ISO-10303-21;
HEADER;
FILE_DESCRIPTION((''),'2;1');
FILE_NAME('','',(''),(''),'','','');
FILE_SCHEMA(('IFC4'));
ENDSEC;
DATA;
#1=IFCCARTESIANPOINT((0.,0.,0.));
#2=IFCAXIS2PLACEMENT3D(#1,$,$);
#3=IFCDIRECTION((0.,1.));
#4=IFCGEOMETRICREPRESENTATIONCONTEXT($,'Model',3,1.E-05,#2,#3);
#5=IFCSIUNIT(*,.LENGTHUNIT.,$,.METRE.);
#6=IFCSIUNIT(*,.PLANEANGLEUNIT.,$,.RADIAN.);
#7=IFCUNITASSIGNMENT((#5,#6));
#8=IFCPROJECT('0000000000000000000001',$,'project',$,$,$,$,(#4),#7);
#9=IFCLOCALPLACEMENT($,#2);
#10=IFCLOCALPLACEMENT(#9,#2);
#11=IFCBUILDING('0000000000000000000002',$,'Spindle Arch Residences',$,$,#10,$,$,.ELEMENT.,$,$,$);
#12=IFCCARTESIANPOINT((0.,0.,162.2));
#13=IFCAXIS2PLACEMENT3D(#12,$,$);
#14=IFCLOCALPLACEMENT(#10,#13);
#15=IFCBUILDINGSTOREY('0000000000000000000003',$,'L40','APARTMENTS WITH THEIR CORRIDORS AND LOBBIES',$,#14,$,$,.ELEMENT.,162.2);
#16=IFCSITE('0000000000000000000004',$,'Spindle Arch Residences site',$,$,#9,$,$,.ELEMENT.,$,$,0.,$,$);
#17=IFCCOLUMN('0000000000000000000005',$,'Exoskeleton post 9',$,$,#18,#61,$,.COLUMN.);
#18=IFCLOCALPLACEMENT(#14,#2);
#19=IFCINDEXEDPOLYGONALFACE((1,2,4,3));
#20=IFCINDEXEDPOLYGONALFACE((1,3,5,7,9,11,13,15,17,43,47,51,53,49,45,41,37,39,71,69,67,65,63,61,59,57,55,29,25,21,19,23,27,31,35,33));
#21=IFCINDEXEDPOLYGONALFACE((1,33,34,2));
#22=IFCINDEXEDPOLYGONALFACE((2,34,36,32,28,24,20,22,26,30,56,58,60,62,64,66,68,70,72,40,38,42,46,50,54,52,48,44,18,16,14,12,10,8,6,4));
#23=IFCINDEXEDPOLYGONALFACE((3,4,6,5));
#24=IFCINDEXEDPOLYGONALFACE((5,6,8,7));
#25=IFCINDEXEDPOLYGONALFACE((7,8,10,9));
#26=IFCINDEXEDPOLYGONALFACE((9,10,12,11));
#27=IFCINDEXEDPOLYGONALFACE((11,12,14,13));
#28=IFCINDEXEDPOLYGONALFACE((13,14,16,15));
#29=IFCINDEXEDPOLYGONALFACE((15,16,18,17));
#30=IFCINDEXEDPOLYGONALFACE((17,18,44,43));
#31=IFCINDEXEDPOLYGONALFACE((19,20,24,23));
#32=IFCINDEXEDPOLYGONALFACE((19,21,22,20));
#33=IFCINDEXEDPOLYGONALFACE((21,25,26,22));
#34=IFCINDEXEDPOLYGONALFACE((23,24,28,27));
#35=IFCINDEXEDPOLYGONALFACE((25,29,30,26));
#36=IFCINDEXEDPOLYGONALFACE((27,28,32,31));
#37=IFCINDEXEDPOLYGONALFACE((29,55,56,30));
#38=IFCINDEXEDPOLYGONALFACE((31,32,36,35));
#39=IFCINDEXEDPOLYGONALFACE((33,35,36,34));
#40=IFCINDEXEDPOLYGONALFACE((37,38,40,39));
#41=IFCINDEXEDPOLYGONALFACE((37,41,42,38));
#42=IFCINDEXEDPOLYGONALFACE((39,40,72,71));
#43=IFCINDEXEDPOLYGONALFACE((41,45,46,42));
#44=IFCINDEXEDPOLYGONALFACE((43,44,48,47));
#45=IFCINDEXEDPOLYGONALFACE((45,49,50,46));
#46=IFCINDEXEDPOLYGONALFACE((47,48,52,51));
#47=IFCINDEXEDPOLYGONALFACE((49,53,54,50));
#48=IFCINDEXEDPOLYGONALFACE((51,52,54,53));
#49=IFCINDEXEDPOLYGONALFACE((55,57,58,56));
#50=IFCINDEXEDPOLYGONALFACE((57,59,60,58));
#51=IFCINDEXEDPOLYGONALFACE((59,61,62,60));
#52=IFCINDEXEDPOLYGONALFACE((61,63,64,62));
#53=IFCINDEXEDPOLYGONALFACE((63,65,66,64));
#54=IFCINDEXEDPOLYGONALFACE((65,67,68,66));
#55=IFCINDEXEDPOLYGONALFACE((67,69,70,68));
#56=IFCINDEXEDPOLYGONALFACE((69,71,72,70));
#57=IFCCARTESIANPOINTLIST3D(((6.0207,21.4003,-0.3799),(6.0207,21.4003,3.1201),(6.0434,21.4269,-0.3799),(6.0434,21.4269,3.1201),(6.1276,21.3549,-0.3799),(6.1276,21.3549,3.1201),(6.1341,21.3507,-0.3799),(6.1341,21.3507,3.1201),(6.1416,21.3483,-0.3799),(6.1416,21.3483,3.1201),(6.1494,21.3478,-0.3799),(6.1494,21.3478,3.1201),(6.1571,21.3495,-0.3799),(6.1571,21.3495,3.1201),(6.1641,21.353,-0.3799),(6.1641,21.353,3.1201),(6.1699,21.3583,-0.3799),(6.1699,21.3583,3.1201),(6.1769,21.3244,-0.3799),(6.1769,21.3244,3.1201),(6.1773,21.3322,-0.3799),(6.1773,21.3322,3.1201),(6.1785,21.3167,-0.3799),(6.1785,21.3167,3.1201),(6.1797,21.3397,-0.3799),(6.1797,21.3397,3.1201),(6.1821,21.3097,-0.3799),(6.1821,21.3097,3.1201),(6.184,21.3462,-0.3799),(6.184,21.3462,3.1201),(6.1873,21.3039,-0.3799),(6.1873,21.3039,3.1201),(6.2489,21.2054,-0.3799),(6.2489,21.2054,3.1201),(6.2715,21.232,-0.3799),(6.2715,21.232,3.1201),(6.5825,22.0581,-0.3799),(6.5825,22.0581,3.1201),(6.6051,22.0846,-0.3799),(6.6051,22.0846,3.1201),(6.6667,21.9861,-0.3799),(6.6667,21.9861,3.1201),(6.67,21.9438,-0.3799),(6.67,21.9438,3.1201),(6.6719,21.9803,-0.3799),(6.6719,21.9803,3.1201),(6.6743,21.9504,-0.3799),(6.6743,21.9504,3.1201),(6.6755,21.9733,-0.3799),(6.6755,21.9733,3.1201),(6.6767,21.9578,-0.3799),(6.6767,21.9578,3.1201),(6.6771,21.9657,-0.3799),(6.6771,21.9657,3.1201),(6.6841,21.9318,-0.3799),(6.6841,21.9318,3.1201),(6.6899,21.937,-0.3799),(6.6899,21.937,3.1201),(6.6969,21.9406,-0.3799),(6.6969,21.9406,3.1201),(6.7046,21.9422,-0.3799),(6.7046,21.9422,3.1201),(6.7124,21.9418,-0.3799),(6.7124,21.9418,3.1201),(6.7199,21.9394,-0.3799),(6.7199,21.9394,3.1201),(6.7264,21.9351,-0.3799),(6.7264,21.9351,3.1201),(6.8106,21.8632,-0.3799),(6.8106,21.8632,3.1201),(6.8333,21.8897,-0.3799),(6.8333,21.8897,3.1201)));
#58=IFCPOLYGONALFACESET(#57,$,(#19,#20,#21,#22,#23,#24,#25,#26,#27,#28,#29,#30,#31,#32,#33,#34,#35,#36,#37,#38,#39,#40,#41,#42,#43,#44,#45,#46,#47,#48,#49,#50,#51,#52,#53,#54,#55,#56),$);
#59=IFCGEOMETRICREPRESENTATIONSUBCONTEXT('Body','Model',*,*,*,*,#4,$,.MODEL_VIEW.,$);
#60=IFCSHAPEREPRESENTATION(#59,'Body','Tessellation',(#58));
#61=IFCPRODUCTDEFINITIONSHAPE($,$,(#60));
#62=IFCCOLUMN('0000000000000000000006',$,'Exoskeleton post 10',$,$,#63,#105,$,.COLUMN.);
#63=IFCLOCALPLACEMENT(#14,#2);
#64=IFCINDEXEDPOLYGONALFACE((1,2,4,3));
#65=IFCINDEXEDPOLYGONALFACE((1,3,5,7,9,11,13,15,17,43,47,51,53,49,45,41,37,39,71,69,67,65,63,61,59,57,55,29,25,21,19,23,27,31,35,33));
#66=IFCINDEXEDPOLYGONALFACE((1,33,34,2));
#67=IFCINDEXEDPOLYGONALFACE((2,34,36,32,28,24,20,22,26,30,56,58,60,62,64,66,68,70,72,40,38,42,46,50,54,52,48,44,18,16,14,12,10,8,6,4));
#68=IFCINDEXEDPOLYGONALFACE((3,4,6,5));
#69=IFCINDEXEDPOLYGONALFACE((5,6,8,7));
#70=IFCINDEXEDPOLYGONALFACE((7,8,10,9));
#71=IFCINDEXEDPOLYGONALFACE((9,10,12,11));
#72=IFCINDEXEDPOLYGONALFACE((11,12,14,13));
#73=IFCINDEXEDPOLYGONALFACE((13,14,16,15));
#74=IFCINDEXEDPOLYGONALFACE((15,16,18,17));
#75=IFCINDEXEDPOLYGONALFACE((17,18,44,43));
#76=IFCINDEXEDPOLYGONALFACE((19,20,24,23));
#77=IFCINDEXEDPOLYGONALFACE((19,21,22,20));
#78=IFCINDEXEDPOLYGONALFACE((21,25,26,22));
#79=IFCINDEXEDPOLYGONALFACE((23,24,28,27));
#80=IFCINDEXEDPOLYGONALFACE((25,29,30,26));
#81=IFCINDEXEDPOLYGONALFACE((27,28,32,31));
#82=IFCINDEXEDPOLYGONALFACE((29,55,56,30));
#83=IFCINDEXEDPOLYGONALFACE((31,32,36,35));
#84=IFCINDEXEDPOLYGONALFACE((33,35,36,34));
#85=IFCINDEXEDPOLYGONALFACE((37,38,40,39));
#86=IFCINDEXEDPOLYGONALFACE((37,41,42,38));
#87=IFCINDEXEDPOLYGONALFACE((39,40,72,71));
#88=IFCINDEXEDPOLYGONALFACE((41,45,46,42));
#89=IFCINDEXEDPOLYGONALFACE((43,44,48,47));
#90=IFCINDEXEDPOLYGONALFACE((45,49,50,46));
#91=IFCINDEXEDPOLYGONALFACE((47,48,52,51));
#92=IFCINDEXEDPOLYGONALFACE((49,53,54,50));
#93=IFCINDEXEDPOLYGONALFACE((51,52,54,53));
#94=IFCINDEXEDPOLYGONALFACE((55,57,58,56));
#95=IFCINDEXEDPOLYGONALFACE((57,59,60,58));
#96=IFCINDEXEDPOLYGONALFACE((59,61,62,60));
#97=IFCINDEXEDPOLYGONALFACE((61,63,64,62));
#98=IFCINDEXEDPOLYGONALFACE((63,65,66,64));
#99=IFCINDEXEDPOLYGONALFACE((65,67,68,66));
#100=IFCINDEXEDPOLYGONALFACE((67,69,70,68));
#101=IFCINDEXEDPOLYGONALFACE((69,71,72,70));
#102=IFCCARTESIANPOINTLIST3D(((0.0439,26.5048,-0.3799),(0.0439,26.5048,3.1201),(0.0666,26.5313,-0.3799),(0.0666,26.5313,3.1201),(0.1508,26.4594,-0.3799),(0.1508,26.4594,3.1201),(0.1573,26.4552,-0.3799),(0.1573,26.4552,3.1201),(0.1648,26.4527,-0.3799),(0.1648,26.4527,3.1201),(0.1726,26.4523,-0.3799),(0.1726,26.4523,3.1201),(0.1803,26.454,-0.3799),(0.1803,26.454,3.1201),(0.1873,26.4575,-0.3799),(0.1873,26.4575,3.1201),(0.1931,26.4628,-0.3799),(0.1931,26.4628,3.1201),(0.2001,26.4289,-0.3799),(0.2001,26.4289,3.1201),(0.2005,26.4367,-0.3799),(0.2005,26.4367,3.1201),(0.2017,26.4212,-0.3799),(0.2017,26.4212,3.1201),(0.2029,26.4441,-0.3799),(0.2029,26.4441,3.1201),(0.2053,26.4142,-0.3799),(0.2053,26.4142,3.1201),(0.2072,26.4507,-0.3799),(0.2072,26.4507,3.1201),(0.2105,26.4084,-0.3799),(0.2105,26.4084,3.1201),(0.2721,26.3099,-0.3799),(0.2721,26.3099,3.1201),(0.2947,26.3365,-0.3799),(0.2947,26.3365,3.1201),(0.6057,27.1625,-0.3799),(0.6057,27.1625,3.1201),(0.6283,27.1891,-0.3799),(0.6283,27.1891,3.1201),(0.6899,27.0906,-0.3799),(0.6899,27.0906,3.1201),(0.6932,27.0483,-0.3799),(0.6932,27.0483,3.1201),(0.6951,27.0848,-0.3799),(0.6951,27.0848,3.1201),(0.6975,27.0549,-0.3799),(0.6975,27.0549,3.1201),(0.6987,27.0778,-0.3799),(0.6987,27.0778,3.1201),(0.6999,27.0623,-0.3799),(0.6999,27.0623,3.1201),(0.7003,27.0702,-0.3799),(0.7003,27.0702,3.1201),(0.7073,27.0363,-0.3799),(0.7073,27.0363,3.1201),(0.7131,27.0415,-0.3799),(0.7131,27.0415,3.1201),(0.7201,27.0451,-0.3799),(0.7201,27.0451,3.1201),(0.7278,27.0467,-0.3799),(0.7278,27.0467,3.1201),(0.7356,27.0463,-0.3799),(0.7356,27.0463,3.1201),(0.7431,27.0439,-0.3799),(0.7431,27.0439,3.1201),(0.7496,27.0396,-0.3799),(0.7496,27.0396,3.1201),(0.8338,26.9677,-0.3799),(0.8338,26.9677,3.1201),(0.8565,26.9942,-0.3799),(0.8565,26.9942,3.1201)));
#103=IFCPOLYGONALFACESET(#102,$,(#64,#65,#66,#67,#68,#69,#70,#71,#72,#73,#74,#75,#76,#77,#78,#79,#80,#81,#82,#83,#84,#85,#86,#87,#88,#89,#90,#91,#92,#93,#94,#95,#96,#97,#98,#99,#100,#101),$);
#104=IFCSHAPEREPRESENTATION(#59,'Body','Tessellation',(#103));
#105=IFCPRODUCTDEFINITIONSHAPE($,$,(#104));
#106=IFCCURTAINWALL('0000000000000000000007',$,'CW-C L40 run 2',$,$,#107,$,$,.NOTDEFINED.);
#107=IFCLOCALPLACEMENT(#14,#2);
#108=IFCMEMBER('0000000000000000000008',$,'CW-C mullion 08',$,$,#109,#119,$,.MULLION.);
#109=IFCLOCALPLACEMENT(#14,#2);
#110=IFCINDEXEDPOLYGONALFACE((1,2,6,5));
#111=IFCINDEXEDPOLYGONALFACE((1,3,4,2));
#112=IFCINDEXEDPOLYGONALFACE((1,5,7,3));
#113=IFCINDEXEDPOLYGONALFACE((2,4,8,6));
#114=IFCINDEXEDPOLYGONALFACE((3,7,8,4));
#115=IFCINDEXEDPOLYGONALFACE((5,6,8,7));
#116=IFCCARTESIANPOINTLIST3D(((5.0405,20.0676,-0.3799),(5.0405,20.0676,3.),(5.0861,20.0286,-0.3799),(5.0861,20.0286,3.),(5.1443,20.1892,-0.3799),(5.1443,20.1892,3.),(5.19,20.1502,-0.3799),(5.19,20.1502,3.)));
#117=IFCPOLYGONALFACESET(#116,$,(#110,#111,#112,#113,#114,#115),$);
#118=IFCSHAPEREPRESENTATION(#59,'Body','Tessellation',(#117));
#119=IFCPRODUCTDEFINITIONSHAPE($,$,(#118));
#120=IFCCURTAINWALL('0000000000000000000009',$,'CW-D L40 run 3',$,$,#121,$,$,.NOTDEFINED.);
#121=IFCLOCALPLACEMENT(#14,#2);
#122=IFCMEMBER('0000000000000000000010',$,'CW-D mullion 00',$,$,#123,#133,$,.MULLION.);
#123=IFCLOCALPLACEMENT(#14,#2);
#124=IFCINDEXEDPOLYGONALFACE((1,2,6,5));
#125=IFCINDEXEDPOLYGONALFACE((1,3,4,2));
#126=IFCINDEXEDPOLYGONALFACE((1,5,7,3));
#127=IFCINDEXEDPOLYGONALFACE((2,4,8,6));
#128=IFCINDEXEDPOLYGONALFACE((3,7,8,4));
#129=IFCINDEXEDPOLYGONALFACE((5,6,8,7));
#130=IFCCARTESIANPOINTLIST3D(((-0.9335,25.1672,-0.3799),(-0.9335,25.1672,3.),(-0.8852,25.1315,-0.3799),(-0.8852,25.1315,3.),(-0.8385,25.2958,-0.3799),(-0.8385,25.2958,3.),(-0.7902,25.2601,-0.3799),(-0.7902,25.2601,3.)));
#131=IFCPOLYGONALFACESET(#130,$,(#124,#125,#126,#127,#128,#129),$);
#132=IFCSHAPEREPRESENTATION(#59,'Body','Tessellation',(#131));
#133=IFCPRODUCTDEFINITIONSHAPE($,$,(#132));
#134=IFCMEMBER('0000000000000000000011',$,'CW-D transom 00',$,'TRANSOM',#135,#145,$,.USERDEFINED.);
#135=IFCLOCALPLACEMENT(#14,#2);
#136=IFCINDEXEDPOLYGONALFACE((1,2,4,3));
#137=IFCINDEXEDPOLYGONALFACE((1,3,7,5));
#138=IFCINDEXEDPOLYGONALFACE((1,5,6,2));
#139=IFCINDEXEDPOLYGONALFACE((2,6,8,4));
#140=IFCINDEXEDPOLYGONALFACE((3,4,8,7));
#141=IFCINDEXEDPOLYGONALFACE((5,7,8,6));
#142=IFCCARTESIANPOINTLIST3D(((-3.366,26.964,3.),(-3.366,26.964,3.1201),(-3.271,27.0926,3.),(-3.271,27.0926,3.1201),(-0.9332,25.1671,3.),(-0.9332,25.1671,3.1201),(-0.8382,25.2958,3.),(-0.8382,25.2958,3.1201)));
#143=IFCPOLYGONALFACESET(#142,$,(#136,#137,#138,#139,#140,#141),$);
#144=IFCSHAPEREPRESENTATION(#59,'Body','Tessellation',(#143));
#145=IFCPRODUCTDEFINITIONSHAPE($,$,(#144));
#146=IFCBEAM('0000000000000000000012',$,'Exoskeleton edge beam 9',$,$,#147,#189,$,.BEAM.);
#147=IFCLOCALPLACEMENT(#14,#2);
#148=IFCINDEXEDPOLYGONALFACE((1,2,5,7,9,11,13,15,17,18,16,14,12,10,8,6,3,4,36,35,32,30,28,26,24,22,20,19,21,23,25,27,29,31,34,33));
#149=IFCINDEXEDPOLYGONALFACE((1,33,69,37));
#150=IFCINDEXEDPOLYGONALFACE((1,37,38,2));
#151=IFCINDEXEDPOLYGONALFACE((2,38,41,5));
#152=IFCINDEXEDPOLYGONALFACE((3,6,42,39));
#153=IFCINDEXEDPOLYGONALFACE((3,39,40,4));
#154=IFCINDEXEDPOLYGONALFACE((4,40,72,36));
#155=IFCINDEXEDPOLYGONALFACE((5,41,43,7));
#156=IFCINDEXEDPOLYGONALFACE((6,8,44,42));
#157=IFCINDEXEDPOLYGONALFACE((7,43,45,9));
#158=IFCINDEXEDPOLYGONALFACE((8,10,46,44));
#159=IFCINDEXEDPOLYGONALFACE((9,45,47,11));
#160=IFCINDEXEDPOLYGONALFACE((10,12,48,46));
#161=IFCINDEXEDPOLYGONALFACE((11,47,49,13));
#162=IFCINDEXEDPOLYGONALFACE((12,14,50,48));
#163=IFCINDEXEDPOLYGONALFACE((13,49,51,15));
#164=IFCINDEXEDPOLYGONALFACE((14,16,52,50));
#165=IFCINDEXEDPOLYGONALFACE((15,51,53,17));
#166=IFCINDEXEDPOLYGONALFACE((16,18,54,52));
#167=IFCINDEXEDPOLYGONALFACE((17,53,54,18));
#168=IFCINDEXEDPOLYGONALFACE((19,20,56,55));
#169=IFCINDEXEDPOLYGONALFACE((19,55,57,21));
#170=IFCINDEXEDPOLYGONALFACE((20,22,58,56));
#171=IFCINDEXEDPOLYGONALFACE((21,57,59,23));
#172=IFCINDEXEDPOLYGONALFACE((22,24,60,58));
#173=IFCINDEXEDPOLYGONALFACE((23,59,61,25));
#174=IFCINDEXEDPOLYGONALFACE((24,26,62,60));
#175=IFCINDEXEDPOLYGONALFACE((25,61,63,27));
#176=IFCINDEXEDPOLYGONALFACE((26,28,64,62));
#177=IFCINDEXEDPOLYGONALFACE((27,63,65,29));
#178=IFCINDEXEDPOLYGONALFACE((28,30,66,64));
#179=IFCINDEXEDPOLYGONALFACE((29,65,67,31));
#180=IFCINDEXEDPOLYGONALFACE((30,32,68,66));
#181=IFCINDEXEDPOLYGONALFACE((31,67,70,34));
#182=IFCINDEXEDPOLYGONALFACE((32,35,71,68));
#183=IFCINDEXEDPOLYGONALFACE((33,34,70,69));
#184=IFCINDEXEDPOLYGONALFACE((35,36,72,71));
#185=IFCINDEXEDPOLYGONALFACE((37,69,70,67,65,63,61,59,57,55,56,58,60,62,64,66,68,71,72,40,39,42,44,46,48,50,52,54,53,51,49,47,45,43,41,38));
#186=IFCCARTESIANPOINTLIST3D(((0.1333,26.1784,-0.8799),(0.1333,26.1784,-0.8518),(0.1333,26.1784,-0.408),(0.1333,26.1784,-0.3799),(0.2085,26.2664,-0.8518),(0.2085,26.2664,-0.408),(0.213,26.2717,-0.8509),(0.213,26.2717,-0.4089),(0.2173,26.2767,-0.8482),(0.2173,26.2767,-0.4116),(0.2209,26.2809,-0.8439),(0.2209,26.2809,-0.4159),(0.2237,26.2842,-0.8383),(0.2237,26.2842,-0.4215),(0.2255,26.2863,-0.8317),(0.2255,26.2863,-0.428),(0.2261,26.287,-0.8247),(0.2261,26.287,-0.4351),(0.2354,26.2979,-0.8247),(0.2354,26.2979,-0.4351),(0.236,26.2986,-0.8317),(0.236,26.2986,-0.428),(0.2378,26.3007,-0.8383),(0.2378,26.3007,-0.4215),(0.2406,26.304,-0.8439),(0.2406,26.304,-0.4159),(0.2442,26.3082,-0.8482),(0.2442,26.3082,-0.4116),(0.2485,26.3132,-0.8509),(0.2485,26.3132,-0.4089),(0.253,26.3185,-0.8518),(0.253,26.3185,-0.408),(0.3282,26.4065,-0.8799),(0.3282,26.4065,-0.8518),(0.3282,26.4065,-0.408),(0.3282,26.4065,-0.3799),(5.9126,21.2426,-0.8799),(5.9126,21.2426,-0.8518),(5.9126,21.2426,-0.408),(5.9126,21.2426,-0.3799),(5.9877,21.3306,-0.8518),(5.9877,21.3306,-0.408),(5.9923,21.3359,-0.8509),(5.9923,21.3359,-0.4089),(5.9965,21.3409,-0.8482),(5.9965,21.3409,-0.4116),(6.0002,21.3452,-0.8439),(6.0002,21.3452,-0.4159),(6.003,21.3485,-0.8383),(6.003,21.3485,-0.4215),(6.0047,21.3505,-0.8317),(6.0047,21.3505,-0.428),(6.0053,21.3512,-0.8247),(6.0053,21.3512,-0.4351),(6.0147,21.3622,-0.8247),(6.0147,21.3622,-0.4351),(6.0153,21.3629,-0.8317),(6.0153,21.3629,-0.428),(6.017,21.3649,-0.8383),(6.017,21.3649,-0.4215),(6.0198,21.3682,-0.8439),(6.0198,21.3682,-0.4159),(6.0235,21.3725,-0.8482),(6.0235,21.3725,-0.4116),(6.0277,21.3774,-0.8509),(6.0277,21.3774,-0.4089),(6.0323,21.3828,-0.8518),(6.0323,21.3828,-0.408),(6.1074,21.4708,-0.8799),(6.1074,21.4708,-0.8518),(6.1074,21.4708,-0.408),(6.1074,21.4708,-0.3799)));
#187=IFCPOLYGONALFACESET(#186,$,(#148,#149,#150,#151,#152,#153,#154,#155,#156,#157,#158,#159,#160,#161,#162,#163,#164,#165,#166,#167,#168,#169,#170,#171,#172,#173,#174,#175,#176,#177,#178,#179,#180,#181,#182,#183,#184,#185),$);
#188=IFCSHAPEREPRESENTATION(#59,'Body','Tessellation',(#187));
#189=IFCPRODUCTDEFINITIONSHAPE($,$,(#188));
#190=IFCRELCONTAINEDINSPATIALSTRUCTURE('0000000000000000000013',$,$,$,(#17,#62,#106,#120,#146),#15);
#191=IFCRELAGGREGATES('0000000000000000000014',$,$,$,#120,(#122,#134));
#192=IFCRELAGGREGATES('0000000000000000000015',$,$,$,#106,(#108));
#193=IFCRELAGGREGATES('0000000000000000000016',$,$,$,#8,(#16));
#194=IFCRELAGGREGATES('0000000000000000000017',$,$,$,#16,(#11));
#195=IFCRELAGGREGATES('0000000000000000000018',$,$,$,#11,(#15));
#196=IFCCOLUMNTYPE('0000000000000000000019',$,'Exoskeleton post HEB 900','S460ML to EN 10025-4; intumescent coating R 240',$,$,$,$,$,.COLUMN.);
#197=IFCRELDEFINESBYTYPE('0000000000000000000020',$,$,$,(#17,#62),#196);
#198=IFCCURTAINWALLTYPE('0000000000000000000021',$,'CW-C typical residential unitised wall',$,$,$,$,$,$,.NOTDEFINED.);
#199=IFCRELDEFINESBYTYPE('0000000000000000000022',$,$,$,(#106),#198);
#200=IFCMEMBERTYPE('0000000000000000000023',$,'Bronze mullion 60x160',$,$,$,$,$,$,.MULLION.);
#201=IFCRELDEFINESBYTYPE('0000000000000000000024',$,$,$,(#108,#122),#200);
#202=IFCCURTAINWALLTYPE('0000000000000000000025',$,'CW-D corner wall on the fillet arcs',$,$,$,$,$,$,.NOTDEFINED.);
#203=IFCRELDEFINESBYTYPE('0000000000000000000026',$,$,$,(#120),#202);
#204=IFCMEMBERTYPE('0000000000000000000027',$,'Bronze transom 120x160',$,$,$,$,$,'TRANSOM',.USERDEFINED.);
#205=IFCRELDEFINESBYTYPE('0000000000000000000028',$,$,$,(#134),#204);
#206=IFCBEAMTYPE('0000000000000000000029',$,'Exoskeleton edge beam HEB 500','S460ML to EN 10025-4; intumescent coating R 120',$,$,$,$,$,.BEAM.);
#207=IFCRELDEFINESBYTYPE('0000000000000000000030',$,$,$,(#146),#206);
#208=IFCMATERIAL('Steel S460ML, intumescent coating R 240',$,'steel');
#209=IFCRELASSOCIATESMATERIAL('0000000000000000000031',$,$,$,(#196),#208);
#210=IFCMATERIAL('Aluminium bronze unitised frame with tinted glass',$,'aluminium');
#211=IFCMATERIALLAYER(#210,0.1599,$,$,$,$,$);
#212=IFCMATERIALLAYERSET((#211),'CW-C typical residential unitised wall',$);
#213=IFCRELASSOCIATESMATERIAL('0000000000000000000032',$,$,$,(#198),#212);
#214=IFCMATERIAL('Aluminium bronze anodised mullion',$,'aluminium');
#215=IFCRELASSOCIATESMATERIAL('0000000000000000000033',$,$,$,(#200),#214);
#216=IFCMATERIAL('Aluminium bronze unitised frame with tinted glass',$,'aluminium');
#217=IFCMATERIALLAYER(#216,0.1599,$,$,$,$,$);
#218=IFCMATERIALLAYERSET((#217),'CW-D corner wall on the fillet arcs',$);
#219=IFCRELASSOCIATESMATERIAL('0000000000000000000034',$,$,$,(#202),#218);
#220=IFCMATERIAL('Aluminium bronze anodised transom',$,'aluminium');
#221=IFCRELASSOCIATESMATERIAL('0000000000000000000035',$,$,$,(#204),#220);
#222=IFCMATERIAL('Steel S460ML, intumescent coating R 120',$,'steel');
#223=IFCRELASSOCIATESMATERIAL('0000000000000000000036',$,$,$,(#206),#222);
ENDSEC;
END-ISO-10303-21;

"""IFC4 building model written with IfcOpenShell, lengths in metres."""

from ifc_helpers import new_model, si_unit, direction, frame, origin, origin_2d, place, context, subcontext, project, spatial, rectangle, i_section, extrude, material, layer, layer_set, material_profile, profile_set, type_object, element, aggregate, save


model = new_model("IFC4")

# Units and contexts
model_context = context("Model", 3, precision=1e-05, world=origin(), true_north=direction((0.0, 1.0)))
body_context = subcontext(model_context, "Body", "Model", "MODEL_VIEW")
ifc_project = project(units=[si_unit("LENGTHUNIT", "METRE"), si_unit("PLANEANGLEUNIT", "RADIAN")], contexts=[model_context])

# Site, building, storey
site_placement = place(None, origin())
site = spatial("IfcSite", under=ifc_project, at=site_placement, Name="Spindle Arch Residences site", CompositionType="ELEMENT", RefElevation=0.0)
building_placement = place(site_placement, origin())
building = spatial("IfcBuilding", under=site, at=building_placement, Name="Spindle Arch Residences", CompositionType="ELEMENT")
storey_placement = place(building_placement, frame((0.0, 0.0, 162.2)))
storey = spatial("IfcBuildingStorey", under=building, at=storey_placement, Name="L40", Description="APARTMENTS WITH THEIR CORRIDORS AND LOBBIES", CompositionType="ELEMENT", Elevation=162.2)

# Columns
ifc_material_1 = material(Name="Steel S460ML, intumescent coating R 240", Category="steel")
ifc_material_profile_1 = material_profile(ifc_material_1, i_section(OverallWidth=0.3, OverallDepth=0.8999, WebThickness=0.0186, FlangeThickness=0.0349, FilletRadius=0.03, at=origin_2d()), Name="HEB 900")
ifc_profile_set_1 = profile_set([ifc_material_profile_1], Name="Steel S460ML, intumescent coating R 240")
column_type = type_object("IfcColumnType", Name="Exoskeleton post HEB 900", Description="S460ML to EN 10025-4; intumescent coating R 240", PredefinedType="COLUMN", material=ifc_profile_set_1)
for number, where, z_axis, x_axis, name in (
    (1, (6.427, 21.645, -0.3799), (0.0, 0.0, 1.0), (0.760406, -0.649448, 0.0), "Exoskeleton post 9"),
    (2, (0.4502, 26.7495, -0.3799), (0.0, 0.0, 1.0), (0.760406, -0.649448, 0.0), "Exoskeleton post 10"),
):
    element("IfcColumn", number, at=place(storey_placement, frame(where, z_axis=z_axis, x_axis=x_axis)), inside=storey, type_object=column_type, Name=name, PredefinedType="COLUMN", context=body_context, shape_type="SweptSolid", body=[
        extrude(i_section(OverallWidth=0.3, OverallDepth=0.8999, WebThickness=0.0186, FlangeThickness=0.0349, FilletRadius=0.03, at=origin_2d()), origin(), (0.0, 0.0, 1.0), 3.5),
    ])

# Curtain wall, member
ifc_material_2 = material(Name="Aluminium bronze unitised frame with tinted glass", Category="aluminium")
ifc_layer_1 = layer(ifc_material_2, 0.1599)
ifc_layer_set_1 = layer_set([ifc_layer_1], Name="CW-C typical residential unitised wall")
curtain_wall_type_1 = type_object("IfcCurtainWallType", Name="CW-C typical residential unitised wall", PredefinedType="NOTDEFINED", material=ifc_layer_set_1)
curtain_wall_1_placement = place(storey_placement, origin())
curtain_wall_1 = element("IfcCurtainWall", 3, at=curtain_wall_1_placement, inside=storey, type_object=curtain_wall_type_1, Name="CW-C L40 run 2", PredefinedType="NOTDEFINED")
ifc_material_3 = material(Name="Aluminium bronze anodised mullion", Category="aluminium")
ifc_material_profile_2 = material_profile(ifc_material_3, rectangle(XDim=0.1599, YDim=0.0601, at=origin_2d()), Name="MU 60x160")
ifc_profile_set_2 = profile_set([ifc_material_profile_2], Name="Aluminium bronze anodised mullion")
member_type_1 = type_object("IfcMemberType", Name="Bronze mullion 60x160", PredefinedType="MULLION", material=ifc_profile_set_2)
member_1_placement = place(storey_placement, frame((5.1152, 20.1089, -0.3799), z_axis=(0.0, 0.0, 1.0), x_axis=(-0.649448, -0.760406, 0.0)))
member_1 = element("IfcMember", 4, at=member_1_placement, type_object=member_type_1, Name="CW-C mullion 08", PredefinedType="MULLION", context=body_context, shape_type="SweptSolid", body=[
    extrude(rectangle(XDim=0.1599, YDim=0.0601, at=origin_2d()), origin(), (0.0, 0.0, 1.0), 3.3799),
])

# Curtain wall, members
ifc_material_4 = material(Name="Aluminium bronze unitised frame with tinted glass", Category="aluminium")
ifc_layer_2 = layer(ifc_material_4, 0.1599)
ifc_layer_set_2 = layer_set([ifc_layer_2], Name="CW-D corner wall on the fillet arcs")
curtain_wall_type_2 = type_object("IfcCurtainWallType", Name="CW-D corner wall on the fillet arcs", PredefinedType="NOTDEFINED", material=ifc_layer_set_2)
curtain_wall_2_placement = place(storey_placement, origin())
curtain_wall_2 = element("IfcCurtainWall", 5, at=curtain_wall_2_placement, inside=storey, type_object=curtain_wall_type_2, Name="CW-D L40 run 3", PredefinedType="NOTDEFINED")
member_2_placement = place(storey_placement, frame((-0.8618, 25.2136, -0.3799), z_axis=(0.0, 0.0, 1.0), x_axis=(-0.594134, -0.804366, 0.0)))
member_2 = element("IfcMember", 6, at=member_2_placement, type_object=member_type_1, Name="CW-D mullion 00", PredefinedType="MULLION", context=body_context, shape_type="SweptSolid", body=[
    extrude(rectangle(XDim=0.1599, YDim=0.0601, at=origin_2d()), origin(), (0.0, 0.0, 1.0), 3.3799),
])
ifc_material_5 = material(Name="Aluminium bronze anodised transom", Category="aluminium")
ifc_material_profile_3 = material_profile(ifc_material_5, rectangle(XDim=0.1599, YDim=0.1201, at=origin_2d()), Name="TR 120x160")
ifc_profile_set_3 = profile_set([ifc_material_profile_3], Name="Aluminium bronze anodised transom")
member_type_2 = type_object("IfcMemberType", Name="Bronze transom 120x160", ElementType="TRANSOM", PredefinedType="USERDEFINED", material=ifc_profile_set_3)
member_3_placement = place(storey_placement, frame((-0.8857, 25.2314, 3.0601), z_axis=(-0.804386, 0.594107, 0.0), x_axis=(-0.594107, -0.804386, 0.0)))
member_3 = element("IfcMember", 7, at=member_3_placement, type_object=member_type_2, Name="CW-D transom 00", ObjectType="TRANSOM", PredefinedType="USERDEFINED", context=body_context, shape_type="SweptSolid", body=[
    extrude(rectangle(XDim=0.1599, YDim=0.1201, at=origin_2d()), origin(), (0.0, 0.0, 1.0), 3.0244),
])
aggregate(curtain_wall_2, [member_2, member_3])

# Beam
ifc_material_6 = material(Name="Steel S460ML, intumescent coating R 120", Category="steel")
ifc_material_profile_4 = material_profile(ifc_material_6, i_section(OverallWidth=0.3, OverallDepth=0.5, WebThickness=0.0144, FlangeThickness=0.0281, FilletRadius=0.0271, at=origin_2d()), Name="HEB 500")
ifc_profile_set_4 = profile_set([ifc_material_profile_4], Name="Steel S460ML, intumescent coating R 120")
beam_type_1 = type_object("IfcBeamType", Name="Exoskeleton edge beam HEB 500", Description="S460ML to EN 10025-4; intumescent coating R 120", PredefinedType="BEAM", material=ifc_profile_set_4)
beam_1_placement = place(storey_placement, frame((6.01, 21.3567, -0.6299), z_axis=(-0.760419, 0.649433, 0.0), x_axis=(-0.649433, -0.760419, 0.0)))
element("IfcBeam", 8, at=beam_1_placement, inside=storey, type_object=beam_type_1, Name="Exoskeleton edge beam 9", PredefinedType="BEAM", context=body_context, shape_type="SweptSolid", body=[
    extrude(i_section(OverallWidth=0.3, OverallDepth=0.5, WebThickness=0.0144, FlangeThickness=0.0281, FilletRadius=0.0271, at=origin_2d()), origin(), (0.0, 0.0, 1.0), 7.6001),
])

aggregate(curtain_wall_1, [member_1])

save(model, "model.ifc")
